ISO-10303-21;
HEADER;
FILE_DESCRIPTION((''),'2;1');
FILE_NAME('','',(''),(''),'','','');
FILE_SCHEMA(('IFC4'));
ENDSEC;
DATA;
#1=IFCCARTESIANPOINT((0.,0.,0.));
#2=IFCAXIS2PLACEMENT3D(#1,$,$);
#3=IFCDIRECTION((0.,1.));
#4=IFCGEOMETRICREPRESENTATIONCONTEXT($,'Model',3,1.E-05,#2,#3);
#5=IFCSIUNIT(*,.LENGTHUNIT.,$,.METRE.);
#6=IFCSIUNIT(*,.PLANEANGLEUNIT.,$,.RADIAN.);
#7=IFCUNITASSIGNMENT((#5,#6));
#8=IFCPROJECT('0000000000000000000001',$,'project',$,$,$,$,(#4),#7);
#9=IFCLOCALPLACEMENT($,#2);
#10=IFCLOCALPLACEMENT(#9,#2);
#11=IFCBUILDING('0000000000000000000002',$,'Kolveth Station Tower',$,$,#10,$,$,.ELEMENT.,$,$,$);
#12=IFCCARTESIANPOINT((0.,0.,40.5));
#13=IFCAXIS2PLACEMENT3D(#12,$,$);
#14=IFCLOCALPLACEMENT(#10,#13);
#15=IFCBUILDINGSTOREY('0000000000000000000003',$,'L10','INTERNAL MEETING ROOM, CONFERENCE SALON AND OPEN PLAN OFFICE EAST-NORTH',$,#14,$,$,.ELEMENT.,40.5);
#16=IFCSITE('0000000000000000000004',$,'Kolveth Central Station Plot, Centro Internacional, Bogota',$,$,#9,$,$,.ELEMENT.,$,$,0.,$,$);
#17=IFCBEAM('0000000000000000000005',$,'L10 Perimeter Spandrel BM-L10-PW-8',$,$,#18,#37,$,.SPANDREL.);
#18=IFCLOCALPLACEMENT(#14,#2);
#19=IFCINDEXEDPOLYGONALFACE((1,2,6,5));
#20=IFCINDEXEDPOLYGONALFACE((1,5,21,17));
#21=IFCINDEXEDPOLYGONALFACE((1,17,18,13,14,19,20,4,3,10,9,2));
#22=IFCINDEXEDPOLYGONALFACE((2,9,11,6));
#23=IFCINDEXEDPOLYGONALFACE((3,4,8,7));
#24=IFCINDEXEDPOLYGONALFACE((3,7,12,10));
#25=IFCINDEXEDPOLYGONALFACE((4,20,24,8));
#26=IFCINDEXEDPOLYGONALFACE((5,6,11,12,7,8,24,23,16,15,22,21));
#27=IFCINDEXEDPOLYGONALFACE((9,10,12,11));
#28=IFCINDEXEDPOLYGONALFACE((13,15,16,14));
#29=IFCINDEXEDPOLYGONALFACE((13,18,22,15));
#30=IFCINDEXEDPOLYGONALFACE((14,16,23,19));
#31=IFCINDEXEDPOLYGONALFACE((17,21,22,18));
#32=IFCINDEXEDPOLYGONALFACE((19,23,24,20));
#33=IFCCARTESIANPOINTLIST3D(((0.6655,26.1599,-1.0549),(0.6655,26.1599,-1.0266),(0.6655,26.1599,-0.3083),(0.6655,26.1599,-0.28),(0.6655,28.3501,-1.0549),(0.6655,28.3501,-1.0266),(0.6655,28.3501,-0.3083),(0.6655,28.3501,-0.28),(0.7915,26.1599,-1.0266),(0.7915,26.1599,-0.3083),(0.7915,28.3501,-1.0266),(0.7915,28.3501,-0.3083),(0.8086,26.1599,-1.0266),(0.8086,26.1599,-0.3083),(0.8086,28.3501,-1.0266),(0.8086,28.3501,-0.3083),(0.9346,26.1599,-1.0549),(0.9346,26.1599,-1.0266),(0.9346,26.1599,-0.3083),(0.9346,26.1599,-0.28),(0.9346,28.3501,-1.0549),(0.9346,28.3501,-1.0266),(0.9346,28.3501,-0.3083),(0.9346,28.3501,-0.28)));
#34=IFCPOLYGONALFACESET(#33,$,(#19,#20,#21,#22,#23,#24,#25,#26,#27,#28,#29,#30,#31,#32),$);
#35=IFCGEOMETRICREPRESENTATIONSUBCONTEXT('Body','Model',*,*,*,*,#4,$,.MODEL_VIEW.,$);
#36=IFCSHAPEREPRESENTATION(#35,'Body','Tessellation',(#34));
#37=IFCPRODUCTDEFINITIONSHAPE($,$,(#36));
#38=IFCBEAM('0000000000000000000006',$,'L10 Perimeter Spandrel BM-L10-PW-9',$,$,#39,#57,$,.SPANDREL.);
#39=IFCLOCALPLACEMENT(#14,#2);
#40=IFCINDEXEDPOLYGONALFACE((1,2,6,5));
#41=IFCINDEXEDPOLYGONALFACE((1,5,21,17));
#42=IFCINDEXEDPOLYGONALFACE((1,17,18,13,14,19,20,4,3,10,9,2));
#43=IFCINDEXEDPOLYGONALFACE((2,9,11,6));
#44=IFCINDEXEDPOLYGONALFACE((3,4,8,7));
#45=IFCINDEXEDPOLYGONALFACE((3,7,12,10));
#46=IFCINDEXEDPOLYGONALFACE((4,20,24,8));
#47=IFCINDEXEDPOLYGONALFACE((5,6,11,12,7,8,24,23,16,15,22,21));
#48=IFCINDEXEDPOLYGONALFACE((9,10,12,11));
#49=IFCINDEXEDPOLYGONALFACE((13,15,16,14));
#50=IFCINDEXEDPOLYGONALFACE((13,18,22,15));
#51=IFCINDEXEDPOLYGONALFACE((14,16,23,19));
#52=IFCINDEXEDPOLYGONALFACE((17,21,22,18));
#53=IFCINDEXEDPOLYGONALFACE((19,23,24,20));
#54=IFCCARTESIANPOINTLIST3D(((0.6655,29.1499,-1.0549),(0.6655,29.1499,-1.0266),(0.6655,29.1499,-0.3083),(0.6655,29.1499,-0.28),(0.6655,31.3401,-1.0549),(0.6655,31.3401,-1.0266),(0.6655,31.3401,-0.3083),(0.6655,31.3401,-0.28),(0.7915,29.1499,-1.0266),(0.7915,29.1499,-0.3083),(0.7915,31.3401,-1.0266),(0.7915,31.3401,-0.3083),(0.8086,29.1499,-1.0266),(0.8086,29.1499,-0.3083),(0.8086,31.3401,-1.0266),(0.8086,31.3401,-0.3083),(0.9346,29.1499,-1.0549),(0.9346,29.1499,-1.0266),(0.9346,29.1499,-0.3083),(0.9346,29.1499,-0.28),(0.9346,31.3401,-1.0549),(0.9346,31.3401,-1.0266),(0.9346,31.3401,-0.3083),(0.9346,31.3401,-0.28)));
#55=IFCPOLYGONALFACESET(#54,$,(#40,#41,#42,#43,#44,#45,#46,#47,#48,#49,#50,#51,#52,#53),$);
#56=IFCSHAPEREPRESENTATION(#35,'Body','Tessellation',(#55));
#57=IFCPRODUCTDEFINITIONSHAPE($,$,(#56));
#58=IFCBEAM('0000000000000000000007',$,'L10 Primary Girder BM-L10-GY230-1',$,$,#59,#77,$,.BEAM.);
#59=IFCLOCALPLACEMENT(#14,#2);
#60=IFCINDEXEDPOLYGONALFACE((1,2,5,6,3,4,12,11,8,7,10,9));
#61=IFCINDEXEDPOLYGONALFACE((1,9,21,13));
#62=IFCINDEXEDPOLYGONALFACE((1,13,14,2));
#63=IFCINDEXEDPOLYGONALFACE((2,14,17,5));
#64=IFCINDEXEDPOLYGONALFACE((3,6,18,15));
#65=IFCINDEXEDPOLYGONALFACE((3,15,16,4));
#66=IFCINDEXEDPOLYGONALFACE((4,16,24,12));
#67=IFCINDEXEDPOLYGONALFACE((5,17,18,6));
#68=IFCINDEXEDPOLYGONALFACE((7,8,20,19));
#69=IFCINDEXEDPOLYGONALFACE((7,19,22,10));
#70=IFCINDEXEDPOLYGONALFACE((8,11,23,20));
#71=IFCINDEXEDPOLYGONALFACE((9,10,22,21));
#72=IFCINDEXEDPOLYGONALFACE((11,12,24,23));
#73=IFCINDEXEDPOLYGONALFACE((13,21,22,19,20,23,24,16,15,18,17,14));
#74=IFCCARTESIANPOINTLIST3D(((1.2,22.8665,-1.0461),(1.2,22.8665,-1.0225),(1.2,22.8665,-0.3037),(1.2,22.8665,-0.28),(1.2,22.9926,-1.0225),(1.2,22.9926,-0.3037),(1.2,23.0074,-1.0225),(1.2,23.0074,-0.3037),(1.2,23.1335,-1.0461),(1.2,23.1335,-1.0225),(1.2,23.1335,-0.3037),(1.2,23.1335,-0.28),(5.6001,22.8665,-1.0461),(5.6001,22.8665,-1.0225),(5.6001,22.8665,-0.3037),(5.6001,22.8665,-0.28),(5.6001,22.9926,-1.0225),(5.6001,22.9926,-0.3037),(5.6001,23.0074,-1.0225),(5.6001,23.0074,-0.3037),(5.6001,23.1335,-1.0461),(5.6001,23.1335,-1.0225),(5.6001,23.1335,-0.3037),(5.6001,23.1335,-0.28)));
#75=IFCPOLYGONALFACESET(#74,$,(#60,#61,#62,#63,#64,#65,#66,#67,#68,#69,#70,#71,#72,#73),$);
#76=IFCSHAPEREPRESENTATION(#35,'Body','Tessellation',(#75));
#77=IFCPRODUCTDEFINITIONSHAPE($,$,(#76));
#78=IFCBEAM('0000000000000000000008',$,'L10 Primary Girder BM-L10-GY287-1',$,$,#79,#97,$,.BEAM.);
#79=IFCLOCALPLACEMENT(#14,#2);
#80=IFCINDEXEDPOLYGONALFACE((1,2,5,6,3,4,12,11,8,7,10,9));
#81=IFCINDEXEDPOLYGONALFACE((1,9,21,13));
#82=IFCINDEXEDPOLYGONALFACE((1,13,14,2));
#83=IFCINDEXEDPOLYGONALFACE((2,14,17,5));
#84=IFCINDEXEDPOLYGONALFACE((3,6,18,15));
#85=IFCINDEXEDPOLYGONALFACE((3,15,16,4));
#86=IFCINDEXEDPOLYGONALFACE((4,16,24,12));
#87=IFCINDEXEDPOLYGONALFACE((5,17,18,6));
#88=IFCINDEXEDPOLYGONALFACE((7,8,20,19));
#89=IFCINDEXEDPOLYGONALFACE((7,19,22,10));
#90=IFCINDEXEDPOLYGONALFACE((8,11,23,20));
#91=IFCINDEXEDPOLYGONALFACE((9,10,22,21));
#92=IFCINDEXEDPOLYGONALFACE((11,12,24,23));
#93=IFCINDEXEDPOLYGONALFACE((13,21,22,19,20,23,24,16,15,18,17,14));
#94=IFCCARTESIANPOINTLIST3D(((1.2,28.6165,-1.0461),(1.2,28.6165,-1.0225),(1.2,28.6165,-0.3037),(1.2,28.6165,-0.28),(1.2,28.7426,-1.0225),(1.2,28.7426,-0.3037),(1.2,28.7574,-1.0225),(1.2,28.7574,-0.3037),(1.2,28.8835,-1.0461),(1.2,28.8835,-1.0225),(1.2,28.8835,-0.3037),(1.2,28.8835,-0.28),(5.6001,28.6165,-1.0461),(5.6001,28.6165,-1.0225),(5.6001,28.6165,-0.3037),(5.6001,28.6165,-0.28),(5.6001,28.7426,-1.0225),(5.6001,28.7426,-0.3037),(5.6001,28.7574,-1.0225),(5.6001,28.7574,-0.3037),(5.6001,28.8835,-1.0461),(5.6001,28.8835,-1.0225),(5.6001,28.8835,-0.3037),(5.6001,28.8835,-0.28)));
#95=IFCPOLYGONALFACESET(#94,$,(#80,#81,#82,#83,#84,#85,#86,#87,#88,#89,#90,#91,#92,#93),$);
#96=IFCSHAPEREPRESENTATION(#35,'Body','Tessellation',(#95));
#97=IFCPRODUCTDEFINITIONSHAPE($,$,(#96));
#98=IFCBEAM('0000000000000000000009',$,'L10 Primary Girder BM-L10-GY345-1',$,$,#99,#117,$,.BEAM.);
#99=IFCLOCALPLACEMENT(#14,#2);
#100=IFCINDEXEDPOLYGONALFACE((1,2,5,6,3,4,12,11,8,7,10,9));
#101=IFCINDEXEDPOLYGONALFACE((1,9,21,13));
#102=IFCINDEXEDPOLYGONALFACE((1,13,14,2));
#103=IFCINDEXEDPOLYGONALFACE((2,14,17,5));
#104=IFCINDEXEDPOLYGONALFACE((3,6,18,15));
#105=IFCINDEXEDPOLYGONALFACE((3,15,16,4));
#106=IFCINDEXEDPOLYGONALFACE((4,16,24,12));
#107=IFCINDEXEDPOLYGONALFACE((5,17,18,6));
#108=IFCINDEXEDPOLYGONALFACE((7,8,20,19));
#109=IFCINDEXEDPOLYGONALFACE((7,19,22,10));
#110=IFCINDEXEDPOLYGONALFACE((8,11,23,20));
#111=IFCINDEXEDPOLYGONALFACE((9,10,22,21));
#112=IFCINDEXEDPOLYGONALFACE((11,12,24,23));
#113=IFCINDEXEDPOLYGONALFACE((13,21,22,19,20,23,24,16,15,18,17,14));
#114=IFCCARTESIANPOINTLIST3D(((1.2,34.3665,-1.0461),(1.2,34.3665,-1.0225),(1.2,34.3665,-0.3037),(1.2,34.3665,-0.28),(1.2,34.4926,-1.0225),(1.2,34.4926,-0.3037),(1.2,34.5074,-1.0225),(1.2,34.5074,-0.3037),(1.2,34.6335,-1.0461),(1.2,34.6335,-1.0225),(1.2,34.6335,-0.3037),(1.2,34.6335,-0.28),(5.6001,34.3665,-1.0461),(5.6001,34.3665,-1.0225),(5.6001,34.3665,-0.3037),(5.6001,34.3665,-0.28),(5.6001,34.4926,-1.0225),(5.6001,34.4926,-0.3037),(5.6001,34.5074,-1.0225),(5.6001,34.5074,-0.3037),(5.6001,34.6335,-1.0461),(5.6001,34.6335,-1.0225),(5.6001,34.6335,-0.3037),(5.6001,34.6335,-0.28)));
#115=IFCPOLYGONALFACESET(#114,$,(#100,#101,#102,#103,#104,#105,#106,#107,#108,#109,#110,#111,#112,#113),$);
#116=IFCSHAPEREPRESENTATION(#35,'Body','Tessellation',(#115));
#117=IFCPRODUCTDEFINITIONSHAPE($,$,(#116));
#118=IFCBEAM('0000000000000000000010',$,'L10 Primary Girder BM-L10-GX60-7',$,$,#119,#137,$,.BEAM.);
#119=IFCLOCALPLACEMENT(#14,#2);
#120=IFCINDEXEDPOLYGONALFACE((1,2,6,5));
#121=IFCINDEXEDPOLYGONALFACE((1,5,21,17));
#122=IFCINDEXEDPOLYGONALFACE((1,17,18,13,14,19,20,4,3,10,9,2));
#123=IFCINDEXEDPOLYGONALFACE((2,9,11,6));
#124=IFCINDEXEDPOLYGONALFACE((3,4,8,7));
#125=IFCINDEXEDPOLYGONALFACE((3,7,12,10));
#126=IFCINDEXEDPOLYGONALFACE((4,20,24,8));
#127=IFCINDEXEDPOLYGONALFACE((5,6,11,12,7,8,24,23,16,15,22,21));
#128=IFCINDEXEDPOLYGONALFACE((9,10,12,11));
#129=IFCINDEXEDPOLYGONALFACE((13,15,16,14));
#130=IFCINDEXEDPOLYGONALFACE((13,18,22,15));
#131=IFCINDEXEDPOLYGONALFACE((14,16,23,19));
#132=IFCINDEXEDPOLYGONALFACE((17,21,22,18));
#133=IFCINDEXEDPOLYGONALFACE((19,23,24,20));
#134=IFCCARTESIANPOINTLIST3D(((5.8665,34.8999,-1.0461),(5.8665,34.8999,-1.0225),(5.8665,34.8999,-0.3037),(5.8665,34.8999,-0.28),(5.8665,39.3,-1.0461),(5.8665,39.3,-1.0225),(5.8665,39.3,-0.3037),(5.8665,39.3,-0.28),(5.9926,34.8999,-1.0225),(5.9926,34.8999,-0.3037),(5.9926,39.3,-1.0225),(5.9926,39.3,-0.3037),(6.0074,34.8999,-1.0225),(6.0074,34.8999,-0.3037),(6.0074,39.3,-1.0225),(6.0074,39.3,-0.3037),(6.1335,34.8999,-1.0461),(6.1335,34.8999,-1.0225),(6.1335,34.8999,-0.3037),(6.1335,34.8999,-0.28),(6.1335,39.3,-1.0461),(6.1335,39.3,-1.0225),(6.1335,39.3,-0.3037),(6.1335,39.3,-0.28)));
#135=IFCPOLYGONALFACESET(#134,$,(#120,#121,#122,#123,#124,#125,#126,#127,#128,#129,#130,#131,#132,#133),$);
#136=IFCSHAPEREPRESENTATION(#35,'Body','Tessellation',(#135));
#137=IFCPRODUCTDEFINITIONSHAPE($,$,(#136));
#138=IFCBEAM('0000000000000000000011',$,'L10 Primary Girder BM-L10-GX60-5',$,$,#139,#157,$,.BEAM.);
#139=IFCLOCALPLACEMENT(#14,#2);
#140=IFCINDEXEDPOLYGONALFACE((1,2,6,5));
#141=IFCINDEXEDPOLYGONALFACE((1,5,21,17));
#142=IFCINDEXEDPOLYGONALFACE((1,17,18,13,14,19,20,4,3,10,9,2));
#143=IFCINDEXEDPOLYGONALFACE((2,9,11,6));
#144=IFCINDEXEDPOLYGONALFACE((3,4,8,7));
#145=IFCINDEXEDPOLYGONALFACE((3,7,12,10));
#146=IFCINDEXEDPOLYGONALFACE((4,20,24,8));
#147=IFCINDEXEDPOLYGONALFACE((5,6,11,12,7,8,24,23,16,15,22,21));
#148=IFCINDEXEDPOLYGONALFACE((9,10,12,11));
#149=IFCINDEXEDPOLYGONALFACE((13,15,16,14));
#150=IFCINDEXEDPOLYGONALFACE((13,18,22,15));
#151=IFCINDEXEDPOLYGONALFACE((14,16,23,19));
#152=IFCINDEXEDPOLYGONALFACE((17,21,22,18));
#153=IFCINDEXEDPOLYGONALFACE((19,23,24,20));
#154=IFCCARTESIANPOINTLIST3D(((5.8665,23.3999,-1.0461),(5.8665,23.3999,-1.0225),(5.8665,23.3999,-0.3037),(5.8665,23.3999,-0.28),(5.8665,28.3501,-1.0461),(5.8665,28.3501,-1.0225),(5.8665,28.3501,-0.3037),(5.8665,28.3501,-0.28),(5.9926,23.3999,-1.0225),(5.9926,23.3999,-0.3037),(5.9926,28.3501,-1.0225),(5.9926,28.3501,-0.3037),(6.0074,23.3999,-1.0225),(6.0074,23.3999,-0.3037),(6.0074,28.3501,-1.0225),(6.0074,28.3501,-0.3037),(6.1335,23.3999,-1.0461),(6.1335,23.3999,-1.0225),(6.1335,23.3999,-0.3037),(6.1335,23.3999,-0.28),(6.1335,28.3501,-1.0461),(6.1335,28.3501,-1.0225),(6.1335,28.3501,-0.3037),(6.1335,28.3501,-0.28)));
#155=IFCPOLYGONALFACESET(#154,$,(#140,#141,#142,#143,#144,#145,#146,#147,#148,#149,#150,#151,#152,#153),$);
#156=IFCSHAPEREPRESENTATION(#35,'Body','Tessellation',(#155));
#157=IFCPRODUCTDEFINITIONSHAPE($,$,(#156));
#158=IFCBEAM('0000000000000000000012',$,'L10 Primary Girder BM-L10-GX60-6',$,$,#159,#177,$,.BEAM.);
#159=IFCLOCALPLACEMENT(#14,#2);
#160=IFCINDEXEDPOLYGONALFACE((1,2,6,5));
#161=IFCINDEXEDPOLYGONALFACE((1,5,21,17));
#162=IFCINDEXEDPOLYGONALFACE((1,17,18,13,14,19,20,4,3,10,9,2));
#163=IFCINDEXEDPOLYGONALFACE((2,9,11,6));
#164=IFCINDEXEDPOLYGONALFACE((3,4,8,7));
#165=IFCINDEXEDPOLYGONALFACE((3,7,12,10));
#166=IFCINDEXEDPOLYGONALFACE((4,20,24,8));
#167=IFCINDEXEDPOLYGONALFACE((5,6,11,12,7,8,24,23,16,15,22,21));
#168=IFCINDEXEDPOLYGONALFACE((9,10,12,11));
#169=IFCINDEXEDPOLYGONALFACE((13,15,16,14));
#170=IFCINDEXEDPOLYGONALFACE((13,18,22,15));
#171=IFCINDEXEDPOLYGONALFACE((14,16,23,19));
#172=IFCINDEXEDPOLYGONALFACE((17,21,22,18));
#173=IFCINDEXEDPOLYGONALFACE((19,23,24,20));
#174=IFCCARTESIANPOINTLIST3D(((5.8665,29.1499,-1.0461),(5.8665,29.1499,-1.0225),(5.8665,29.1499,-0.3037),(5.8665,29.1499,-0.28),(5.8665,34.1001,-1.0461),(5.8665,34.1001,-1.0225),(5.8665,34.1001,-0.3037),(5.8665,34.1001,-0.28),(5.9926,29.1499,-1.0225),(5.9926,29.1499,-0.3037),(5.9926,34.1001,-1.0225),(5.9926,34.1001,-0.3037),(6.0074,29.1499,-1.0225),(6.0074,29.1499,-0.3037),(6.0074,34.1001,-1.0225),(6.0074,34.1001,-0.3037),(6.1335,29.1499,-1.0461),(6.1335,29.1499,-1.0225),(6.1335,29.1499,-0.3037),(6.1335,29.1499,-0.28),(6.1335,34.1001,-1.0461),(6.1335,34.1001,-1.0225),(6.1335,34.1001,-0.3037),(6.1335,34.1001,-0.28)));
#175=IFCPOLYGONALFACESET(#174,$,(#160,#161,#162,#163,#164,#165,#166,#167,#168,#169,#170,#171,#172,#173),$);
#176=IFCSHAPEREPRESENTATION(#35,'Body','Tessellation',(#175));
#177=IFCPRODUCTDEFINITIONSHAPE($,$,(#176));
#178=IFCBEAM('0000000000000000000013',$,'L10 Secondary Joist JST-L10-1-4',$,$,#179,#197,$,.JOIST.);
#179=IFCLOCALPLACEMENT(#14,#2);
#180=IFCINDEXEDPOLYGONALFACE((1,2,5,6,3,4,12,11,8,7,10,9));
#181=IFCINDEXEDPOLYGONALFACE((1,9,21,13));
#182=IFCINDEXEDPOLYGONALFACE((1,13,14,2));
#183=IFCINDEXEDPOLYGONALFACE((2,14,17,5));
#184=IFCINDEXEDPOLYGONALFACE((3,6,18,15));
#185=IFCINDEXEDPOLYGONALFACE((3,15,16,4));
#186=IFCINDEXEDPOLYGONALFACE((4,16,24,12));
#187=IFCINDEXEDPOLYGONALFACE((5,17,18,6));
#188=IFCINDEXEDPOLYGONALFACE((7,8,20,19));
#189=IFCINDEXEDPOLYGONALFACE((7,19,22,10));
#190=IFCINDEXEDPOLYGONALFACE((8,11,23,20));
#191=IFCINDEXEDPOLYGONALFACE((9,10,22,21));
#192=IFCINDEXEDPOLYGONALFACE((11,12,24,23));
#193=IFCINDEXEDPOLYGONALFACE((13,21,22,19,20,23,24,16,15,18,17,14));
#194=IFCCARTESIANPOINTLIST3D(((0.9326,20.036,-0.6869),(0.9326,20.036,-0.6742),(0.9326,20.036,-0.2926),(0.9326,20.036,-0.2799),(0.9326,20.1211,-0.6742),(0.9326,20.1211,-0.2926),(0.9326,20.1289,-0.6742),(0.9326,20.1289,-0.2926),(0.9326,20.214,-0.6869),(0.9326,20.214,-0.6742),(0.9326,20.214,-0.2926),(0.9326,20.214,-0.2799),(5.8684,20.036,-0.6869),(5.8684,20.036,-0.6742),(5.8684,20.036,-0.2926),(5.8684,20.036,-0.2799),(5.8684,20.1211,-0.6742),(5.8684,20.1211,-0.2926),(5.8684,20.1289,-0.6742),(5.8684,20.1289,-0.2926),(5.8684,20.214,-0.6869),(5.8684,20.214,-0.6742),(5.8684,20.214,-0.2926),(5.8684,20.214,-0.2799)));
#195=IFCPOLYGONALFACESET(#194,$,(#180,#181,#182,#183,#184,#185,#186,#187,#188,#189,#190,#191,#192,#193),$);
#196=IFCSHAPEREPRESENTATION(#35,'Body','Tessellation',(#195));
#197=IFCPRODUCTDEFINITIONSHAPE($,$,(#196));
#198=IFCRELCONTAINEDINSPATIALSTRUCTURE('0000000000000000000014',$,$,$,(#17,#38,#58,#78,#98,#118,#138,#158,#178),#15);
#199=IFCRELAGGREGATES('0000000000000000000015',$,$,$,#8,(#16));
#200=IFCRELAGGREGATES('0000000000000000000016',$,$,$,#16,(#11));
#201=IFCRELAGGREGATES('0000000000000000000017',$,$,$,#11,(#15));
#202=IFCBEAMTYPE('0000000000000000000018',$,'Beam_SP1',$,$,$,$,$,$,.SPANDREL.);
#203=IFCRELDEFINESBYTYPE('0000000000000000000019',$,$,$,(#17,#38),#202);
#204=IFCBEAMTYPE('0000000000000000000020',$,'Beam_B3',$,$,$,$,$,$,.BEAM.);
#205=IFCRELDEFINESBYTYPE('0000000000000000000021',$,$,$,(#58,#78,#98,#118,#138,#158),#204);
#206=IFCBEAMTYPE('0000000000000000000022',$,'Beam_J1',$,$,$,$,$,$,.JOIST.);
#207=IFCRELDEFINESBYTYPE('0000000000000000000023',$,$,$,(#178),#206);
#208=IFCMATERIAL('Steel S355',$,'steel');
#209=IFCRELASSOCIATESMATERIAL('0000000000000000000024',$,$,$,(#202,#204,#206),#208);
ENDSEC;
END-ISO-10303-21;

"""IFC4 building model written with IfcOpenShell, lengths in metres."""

from ifc_helpers import new_model, si_unit, direction, frame, origin, origin_2d, place, context, subcontext, project, spatial, i_section, extrude, source, transform, mapped, material, material_profile, profile_set, type_object, element, save


model = new_model("IFC4")

# Units and contexts
model_context = context("Model", 3, precision=1e-05, world=origin(), true_north=direction((0.0, 1.0)))
body_context = subcontext(model_context, "Body", "Model", "MODEL_VIEW")
ifc_project = project(units=[si_unit("LENGTHUNIT", "METRE"), si_unit("PLANEANGLEUNIT", "RADIAN")], contexts=[model_context])

# Site, building, storey
site_placement = place(None, origin())
site = spatial("IfcSite", under=ifc_project, at=site_placement, Name="Kolveth Central Station Plot, Centro Internacional, Bogota", CompositionType="ELEMENT", RefElevation=0.0)
building_placement = place(site_placement, origin())
building = spatial("IfcBuilding", under=site, at=building_placement, Name="Kolveth Station Tower", CompositionType="ELEMENT")
storey_placement = place(building_placement, frame((0.0, 0.0, 40.5)))
storey = spatial("IfcBuildingStorey", under=building, at=storey_placement, Name="L10", Description="INTERNAL MEETING ROOM, CONFERENCE SALON AND OPEN PLAN OFFICE EAST-NORTH", CompositionType="ELEMENT", Elevation=40.5)

# Shared definitions
ifc_material_1 = material(Name="Steel S355", Category="steel")

# Beams
ifc_material_profile_1 = material_profile(ifc_material_1, i_section(OverallWidth=0.269, OverallDepth=0.7749, WebThickness=0.0171, FlangeThickness=0.0283, at=origin_2d()), Name="W760x220")
ifc_profile_set_1 = profile_set([ifc_material_profile_1], Name="Steel S355")
beam_type_1 = type_object("IfcBeamType", Name="Beam_SP1", PredefinedType="SPANDREL", material=ifc_profile_set_1)
shared_shape_1 = source(origin(), body_context, "Body", "SweptSolid", [
    extrude(i_section(OverallWidth=0.269, OverallDepth=0.7749, WebThickness=0.0171, FlangeThickness=0.0283, at=origin_2d()), origin(), (0.0, 0.0, 1.0), 2.1902),
])
for number, where, z_axis, x_axis, name in (
    (1, (0.8, 26.1599, -0.6675), (0.0, 1.0, 0.0), (-1.0, 0.0, 0.0), "L10 Perimeter Spandrel BM-L10-PW-8"),
    (2, (0.8, 29.1499, -0.6675), (0.0, 1.0, 0.0), (-1.0, 0.0, 0.0), "L10 Perimeter Spandrel BM-L10-PW-9"),
):
    element("IfcBeam", number, at=place(storey_placement, frame(where, z_axis=z_axis, x_axis=x_axis)), inside=storey, type_object=beam_type_1, Name=name, PredefinedType="SPANDREL", context=body_context, shape_type="MappedRepresentation", body=[
        mapped(shared_shape_1, transform((0.0, 0.0, 0.0), x_axis=(1.0, 0.0, 0.0), y_axis=(0.0, 1.0, 0.0), z_axis=(0.0, 0.0, 1.0), scale=1.0)),
    ])
ifc_material_profile_2 = material_profile(ifc_material_1, i_section(OverallWidth=0.2671, OverallDepth=0.7661, WebThickness=0.0149, FlangeThickness=0.0237, at=origin_2d()), Name="W760x185")
ifc_profile_set_2 = profile_set([ifc_material_profile_2], Name="Steel S355")
beam_type_2 = type_object("IfcBeamType", Name="Beam_B3", PredefinedType="BEAM", material=ifc_profile_set_2)
shared_shape_2 = source(origin(), body_context, "Body", "SweptSolid", [
    extrude(i_section(OverallWidth=0.2671, OverallDepth=0.7661, WebThickness=0.0149, FlangeThickness=0.0237, at=origin_2d()), origin(), (0.0, 0.0, 1.0), 4.4001),
])
for number, where, z_axis, x_axis, name in (
    (3, (1.2, 23.0, -0.6631), (1.0, 0.0, 0.0), (0.0, 1.0, 0.0), "L10 Primary Girder BM-L10-GY230-1"),
    (4, (1.2, 28.75, -0.6631), (1.0, 0.0, 0.0), (0.0, 1.0, 0.0), "L10 Primary Girder BM-L10-GY287-1"),
    (5, (1.2, 34.5, -0.6631), (1.0, 0.0, 0.0), (0.0, 1.0, 0.0), "L10 Primary Girder BM-L10-GY345-1"),
    (6, (6.0, 34.8999, -0.6631), (0.0, 1.0, 0.0), (-1.0, 0.0, 0.0), "L10 Primary Girder BM-L10-GX60-7"),
):
    element("IfcBeam", number, at=place(storey_placement, frame(where, z_axis=z_axis, x_axis=x_axis)), inside=storey, type_object=beam_type_2, Name=name, PredefinedType="BEAM", context=body_context, shape_type="MappedRepresentation", body=[
        mapped(shared_shape_2, transform((0.0, 0.0, 0.0), x_axis=(1.0, 0.0, 0.0), y_axis=(0.0, 1.0, 0.0), z_axis=(0.0, 0.0, 1.0), scale=1.0)),
    ])
shared_shape_3 = source(origin(), body_context, "Body", "SweptSolid", [
    extrude(i_section(OverallWidth=0.2671, OverallDepth=0.7661, WebThickness=0.0149, FlangeThickness=0.0237, at=origin_2d()), origin(), (0.0, 0.0, 1.0), 4.9502),
])
for number, where, z_axis, x_axis, name in (
    (7, (6.0, 23.3999, -0.6631), (0.0, 1.0, 0.0), (-1.0, 0.0, 0.0), "L10 Primary Girder BM-L10-GX60-5"),
    (8, (6.0, 29.1499, -0.6631), (0.0, 1.0, 0.0), (-1.0, 0.0, 0.0), "L10 Primary Girder BM-L10-GX60-6"),
):
    element("IfcBeam", number, at=place(storey_placement, frame(where, z_axis=z_axis, x_axis=x_axis)), inside=storey, type_object=beam_type_2, Name=name, PredefinedType="BEAM", context=body_context, shape_type="MappedRepresentation", body=[
        mapped(shared_shape_3, transform((0.0, 0.0, 0.0), x_axis=(1.0, 0.0, 0.0), y_axis=(0.0, 1.0, 0.0), z_axis=(0.0, 0.0, 1.0), scale=1.0)),
    ])
ifc_material_profile_3 = material_profile(ifc_material_1, i_section(OverallWidth=0.178, OverallDepth=0.407, WebThickness=0.0078, FlangeThickness=0.0127, at=origin_2d()), Name="W410x60")
ifc_profile_set_3 = profile_set([ifc_material_profile_3], Name="Steel S355")
beam_type_3 = type_object("IfcBeamType", Name="Beam_J1", PredefinedType="JOIST", material=ifc_profile_set_3)
shared_shape_4 = source(origin(), body_context, "Body", "SweptSolid", [
    extrude(i_section(OverallWidth=0.178, OverallDepth=0.407, WebThickness=0.0078, FlangeThickness=0.0127, at=origin_2d()), origin(), (0.0, 0.0, 1.0), 4.9358),
])
for number, where, z_axis, x_axis, name in (
    (9, (0.9326, 20.125, -0.4834), (1.0, 0.0, 0.0), (0.0, 1.0, 0.0), "L10 Secondary Joist JST-L10-1-4"),
):
    element("IfcBeam", number, at=place(storey_placement, frame(where, z_axis=z_axis, x_axis=x_axis)), inside=storey, type_object=beam_type_3, Name=name, PredefinedType="JOIST", context=body_context, shape_type="MappedRepresentation", body=[
        mapped(shared_shape_4, transform((0.0, 0.0, 0.0), x_axis=(1.0, 0.0, 0.0), y_axis=(0.0, 1.0, 0.0), z_axis=(0.0, 0.0, 1.0), scale=1.0)),
    ])

save(model, "model.ifc")
